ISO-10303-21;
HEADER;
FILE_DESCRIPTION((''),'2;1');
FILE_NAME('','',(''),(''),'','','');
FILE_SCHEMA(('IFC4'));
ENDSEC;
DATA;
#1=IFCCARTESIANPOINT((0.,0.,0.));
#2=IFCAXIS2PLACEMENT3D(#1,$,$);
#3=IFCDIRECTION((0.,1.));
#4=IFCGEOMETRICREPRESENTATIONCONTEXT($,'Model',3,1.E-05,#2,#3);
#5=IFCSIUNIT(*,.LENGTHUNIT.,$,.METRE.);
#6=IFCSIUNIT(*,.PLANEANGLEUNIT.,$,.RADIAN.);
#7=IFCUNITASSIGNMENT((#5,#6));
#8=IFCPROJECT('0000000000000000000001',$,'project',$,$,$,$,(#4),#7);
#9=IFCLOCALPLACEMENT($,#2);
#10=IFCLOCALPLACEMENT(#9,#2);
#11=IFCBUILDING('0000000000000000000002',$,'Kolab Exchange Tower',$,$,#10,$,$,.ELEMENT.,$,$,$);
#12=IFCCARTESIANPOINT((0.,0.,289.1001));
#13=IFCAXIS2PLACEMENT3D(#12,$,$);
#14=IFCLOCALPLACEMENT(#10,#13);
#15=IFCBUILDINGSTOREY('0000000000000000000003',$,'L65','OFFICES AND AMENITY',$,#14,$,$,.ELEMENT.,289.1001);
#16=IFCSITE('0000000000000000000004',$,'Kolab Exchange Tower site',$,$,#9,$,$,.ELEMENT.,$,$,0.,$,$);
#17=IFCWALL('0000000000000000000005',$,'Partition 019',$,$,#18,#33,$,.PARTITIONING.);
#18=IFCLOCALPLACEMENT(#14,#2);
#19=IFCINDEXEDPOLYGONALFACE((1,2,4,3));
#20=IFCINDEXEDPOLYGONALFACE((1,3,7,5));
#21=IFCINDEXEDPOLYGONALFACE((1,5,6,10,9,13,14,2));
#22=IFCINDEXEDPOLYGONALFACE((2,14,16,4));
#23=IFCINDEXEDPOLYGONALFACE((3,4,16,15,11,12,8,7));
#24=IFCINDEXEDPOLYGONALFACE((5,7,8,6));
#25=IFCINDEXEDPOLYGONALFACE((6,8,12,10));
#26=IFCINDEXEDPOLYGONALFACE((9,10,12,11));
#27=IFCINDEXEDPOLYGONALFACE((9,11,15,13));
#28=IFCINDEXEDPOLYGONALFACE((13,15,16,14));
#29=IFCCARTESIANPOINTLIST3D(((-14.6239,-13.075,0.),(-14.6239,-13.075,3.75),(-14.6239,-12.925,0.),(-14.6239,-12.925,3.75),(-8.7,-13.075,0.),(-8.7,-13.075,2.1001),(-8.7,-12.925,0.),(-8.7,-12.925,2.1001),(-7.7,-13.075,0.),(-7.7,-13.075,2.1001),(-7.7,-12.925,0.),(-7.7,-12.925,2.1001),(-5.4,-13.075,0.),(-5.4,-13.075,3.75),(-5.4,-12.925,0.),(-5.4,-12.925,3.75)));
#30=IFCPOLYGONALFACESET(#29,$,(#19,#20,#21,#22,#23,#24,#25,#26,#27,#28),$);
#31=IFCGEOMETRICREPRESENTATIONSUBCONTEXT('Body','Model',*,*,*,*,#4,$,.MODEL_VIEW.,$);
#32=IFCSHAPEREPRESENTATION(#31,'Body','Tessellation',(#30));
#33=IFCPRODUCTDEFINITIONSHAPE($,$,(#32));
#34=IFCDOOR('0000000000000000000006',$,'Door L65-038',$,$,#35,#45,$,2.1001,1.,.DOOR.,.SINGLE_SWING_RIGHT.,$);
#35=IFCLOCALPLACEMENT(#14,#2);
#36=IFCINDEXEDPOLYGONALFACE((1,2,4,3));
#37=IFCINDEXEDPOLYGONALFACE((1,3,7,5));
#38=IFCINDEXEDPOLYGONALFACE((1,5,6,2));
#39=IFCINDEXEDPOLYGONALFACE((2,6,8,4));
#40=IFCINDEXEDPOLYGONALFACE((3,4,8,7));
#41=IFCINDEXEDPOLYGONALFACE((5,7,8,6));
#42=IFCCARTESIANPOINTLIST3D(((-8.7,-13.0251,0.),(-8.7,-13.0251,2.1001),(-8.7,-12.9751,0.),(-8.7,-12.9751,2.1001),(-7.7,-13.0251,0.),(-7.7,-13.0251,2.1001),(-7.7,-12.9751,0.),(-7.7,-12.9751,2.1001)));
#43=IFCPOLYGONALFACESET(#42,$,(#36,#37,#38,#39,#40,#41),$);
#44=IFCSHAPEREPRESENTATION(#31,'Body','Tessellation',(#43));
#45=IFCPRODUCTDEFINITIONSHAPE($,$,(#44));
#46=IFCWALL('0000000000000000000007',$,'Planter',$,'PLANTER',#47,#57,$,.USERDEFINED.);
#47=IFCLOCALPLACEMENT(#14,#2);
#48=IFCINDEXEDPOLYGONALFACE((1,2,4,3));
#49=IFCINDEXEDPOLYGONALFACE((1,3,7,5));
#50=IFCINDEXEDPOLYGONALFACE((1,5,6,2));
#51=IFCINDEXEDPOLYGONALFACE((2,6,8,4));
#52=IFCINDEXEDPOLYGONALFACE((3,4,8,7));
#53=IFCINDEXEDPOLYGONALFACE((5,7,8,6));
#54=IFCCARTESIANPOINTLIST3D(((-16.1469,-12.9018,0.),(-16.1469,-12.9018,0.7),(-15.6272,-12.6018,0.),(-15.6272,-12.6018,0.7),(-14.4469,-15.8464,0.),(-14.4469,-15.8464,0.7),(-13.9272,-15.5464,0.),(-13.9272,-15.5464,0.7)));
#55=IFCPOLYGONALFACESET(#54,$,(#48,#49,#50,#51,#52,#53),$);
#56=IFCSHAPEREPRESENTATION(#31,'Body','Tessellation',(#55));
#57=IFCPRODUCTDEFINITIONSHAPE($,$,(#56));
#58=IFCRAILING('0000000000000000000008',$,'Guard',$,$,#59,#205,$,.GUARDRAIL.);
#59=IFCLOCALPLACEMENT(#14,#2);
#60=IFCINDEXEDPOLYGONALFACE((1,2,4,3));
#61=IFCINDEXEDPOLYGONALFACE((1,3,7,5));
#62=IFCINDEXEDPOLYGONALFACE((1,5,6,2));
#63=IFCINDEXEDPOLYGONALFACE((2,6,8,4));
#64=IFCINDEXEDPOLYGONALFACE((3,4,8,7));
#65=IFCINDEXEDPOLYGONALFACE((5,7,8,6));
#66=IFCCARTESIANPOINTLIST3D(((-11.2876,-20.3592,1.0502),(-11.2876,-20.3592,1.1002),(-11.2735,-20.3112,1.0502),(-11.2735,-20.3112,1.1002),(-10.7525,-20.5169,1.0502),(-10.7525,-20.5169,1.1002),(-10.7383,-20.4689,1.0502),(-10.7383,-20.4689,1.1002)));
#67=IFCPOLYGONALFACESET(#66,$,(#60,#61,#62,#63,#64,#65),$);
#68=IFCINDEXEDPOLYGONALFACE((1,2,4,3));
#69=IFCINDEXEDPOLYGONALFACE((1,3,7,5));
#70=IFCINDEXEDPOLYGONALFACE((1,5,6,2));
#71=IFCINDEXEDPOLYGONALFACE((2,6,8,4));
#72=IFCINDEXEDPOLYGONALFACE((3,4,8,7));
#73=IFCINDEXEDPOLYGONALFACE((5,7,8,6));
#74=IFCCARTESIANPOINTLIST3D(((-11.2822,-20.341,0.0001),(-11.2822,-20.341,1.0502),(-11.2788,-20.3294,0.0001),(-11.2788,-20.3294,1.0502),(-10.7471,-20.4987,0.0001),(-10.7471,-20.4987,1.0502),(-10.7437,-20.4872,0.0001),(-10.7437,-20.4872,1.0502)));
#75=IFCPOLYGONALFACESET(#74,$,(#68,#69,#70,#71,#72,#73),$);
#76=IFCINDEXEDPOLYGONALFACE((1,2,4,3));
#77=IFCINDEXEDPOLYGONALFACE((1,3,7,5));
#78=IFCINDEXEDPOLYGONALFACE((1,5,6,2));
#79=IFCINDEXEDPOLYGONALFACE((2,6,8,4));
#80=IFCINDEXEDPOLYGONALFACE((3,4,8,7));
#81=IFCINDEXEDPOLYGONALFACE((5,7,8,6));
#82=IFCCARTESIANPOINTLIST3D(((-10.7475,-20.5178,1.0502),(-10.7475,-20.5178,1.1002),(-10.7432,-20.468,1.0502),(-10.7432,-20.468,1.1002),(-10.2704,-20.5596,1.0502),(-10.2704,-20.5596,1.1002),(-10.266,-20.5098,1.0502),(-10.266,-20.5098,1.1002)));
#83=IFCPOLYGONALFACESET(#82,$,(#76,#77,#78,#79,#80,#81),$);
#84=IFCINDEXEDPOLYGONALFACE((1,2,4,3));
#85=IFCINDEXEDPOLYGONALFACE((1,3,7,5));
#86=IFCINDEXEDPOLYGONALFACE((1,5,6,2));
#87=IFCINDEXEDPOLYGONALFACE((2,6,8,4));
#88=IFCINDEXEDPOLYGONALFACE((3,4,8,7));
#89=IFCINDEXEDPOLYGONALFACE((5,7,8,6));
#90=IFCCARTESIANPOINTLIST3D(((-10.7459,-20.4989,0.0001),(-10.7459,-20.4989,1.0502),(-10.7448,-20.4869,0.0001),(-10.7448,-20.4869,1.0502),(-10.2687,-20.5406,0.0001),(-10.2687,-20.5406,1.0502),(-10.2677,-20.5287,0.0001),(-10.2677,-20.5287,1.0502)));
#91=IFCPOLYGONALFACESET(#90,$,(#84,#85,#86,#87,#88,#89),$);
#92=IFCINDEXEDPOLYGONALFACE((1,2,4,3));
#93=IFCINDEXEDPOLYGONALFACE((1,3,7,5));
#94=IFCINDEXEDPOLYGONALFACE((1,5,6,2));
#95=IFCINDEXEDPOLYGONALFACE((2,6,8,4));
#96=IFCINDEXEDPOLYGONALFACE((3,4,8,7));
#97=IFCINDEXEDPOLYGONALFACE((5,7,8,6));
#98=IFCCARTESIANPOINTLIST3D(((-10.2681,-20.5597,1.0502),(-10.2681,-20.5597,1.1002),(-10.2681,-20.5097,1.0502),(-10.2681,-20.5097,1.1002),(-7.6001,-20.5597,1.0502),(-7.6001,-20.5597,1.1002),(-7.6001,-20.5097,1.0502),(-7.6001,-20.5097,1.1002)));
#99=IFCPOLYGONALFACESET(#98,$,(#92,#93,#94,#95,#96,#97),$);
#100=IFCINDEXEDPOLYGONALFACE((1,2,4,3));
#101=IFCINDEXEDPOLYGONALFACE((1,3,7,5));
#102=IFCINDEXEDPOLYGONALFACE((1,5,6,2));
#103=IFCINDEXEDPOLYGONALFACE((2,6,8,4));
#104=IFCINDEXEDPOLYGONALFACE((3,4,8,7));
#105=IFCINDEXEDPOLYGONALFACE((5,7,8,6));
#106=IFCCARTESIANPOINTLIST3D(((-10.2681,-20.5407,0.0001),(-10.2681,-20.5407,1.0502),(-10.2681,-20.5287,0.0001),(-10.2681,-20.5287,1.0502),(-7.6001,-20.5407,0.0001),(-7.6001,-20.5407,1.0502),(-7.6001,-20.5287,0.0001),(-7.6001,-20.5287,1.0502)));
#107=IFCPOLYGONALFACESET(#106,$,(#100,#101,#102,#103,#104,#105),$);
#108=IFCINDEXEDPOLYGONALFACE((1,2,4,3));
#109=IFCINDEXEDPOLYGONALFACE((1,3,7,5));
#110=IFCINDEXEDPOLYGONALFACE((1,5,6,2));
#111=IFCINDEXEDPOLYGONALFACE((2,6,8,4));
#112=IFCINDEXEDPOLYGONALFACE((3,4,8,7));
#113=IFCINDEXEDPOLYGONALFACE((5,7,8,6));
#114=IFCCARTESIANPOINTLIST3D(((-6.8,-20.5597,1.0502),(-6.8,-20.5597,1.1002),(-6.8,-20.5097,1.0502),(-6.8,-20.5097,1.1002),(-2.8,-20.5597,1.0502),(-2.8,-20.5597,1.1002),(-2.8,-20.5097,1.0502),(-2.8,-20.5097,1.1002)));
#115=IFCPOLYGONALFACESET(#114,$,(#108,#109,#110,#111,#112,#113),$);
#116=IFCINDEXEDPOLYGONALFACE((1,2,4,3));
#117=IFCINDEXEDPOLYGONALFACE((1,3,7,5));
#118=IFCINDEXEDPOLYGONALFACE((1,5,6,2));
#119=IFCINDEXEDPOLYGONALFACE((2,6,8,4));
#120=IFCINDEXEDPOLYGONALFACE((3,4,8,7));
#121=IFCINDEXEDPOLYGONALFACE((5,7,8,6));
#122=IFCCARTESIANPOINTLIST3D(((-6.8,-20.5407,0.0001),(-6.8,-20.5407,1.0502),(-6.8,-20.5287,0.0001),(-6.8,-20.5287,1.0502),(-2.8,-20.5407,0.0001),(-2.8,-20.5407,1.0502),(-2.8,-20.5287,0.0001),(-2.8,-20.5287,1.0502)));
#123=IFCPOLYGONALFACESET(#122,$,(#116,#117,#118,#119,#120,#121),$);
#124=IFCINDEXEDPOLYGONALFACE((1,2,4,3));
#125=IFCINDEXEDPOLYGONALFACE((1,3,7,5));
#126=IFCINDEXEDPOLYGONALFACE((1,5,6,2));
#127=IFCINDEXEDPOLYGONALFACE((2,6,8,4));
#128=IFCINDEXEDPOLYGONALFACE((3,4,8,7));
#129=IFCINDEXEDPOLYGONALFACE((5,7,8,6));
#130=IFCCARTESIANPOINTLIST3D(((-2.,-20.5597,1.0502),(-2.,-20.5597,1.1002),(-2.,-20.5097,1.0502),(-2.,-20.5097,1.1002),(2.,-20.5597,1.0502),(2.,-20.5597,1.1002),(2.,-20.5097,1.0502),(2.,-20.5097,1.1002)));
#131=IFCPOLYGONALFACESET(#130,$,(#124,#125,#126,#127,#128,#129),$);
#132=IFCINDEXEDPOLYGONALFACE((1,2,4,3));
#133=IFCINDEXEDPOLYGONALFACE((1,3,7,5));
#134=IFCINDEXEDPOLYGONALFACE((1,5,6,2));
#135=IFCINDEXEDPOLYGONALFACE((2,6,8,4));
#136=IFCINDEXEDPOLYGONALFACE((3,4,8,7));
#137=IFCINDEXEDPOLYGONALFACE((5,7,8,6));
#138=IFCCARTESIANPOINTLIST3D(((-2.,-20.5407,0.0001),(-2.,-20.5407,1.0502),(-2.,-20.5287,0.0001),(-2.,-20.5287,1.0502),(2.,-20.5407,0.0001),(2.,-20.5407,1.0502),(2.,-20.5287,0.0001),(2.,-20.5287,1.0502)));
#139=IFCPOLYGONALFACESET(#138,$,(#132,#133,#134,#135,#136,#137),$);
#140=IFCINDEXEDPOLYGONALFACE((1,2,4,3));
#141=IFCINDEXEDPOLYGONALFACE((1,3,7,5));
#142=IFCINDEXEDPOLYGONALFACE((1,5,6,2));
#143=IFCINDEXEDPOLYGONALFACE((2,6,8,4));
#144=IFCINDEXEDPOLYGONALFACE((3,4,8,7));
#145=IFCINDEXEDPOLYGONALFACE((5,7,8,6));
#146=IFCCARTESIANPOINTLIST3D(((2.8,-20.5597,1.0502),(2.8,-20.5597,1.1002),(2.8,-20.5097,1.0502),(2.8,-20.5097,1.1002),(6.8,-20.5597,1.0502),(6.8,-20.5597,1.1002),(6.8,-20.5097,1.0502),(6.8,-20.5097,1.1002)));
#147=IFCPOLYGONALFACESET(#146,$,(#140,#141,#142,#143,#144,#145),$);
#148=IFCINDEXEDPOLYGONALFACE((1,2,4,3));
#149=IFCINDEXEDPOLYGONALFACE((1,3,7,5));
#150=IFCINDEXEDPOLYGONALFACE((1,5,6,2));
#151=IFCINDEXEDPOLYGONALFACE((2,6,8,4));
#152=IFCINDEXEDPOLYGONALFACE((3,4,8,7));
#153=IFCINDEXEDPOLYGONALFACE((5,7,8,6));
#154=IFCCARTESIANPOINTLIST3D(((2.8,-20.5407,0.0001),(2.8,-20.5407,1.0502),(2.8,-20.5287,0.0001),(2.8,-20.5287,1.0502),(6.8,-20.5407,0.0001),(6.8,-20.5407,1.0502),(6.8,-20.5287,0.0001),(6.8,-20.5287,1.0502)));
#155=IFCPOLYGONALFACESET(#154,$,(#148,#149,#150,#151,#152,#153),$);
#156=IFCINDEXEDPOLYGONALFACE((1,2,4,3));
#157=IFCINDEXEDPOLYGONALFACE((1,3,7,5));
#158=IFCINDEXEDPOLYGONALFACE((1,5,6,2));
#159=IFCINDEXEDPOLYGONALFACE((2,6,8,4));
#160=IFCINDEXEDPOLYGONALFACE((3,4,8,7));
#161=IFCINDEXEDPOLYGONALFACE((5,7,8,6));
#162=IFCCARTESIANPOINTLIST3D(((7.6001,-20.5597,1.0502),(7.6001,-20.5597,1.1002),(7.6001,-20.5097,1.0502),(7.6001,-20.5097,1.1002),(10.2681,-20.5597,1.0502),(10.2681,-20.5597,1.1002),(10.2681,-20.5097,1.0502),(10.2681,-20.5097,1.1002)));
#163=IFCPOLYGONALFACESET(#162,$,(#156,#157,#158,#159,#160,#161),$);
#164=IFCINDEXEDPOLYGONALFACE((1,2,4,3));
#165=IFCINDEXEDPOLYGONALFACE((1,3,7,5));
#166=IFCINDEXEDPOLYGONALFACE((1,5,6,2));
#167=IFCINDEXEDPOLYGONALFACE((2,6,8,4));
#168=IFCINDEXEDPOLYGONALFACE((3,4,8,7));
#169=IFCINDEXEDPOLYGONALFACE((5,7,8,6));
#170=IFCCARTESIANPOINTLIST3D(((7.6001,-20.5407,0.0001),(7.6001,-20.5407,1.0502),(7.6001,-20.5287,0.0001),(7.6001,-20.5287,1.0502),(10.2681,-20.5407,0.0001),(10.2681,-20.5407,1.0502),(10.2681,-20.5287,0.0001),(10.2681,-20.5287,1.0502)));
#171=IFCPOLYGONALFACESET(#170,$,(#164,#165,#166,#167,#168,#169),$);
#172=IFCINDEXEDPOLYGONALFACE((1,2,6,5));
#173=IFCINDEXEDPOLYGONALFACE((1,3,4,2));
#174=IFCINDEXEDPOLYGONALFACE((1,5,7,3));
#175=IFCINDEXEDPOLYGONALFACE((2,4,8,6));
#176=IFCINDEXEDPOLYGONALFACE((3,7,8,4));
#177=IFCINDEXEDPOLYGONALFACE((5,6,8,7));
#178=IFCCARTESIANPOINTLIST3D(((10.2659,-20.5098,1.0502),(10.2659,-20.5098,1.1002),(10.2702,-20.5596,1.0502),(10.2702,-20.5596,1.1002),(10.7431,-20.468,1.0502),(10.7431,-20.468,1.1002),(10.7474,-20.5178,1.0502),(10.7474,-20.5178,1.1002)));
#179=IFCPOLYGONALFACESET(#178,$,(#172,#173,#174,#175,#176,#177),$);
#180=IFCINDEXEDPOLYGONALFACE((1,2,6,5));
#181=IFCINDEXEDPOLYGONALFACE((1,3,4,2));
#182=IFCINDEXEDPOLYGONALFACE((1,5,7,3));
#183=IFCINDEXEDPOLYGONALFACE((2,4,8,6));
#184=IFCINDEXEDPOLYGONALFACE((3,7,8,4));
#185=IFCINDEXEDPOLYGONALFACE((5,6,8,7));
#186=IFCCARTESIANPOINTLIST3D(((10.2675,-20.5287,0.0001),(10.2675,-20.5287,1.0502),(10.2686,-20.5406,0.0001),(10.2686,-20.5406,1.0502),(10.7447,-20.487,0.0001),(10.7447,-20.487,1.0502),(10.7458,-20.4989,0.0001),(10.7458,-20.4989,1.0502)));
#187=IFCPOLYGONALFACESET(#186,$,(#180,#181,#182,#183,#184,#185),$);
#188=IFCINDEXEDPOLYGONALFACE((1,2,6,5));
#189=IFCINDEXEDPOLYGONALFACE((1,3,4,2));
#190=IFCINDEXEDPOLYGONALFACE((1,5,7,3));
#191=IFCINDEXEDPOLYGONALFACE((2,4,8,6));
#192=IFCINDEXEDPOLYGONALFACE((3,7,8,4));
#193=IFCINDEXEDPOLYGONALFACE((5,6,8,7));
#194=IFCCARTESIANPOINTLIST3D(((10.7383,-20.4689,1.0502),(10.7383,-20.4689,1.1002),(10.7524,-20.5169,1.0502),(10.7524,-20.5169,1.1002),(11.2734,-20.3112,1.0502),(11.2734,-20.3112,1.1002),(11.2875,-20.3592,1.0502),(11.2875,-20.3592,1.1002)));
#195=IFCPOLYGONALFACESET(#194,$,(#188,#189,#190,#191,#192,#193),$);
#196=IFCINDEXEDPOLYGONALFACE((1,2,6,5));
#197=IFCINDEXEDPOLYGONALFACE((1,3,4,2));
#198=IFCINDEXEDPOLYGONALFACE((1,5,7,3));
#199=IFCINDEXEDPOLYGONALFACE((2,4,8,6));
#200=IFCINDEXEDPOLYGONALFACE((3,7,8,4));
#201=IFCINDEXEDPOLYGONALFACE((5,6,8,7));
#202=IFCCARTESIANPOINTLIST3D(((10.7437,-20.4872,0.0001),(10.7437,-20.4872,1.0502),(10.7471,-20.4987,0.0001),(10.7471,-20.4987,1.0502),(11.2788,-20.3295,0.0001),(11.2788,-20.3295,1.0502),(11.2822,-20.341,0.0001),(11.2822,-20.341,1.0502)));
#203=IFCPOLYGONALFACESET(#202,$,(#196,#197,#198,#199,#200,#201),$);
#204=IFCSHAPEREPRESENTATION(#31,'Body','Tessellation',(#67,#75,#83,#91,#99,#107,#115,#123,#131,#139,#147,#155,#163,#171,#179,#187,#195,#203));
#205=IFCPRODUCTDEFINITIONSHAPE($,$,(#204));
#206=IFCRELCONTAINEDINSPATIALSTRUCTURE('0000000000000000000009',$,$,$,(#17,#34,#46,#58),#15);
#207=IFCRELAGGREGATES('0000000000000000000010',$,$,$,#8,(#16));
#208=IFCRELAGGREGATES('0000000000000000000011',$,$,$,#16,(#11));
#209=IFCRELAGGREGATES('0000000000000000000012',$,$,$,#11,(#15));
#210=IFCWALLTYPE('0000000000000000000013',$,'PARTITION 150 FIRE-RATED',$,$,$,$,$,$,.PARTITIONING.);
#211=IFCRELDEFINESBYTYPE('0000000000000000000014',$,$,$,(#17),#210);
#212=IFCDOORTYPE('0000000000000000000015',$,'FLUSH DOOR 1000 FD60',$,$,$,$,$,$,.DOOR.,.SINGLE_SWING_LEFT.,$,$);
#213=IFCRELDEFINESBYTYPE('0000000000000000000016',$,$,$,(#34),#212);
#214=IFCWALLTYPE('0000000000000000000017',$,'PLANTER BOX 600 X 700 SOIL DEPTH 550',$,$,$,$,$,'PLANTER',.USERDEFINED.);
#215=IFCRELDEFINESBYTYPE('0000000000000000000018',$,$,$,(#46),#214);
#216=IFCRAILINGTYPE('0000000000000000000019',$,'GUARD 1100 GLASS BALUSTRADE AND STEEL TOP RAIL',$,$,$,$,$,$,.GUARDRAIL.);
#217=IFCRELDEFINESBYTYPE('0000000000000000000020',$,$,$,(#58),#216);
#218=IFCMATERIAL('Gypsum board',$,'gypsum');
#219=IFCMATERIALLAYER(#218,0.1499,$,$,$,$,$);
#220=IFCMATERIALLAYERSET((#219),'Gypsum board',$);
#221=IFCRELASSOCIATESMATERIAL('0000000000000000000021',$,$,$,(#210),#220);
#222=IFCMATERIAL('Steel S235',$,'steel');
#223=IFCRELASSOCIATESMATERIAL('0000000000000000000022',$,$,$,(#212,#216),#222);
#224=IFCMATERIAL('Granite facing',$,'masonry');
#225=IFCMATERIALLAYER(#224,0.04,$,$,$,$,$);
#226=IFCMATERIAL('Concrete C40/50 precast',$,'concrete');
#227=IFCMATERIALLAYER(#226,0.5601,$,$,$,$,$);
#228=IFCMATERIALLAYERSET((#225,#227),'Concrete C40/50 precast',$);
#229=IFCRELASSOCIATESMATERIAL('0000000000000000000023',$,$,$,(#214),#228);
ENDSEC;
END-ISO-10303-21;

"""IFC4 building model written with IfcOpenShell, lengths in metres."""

from ifc_helpers import new_model, si_unit, direction, frame, frame_2d, origin, origin_2d, place, context, subcontext, project, spatial, rectangle, extrude, material, layer, layer_set, type_object, element, fill, save


model = new_model("IFC4")

# Units and contexts
model_context = context("Model", 3, precision=1e-05, world=origin(), true_north=direction((0.0, 1.0)))
body_context = subcontext(model_context, "Body", "Model", "MODEL_VIEW")
ifc_project = project(units=[si_unit("LENGTHUNIT", "METRE"), si_unit("PLANEANGLEUNIT", "RADIAN")], contexts=[model_context])

# Site, building, storey
site_placement = place(None, origin())
site = spatial("IfcSite", under=ifc_project, at=site_placement, Name="Kolab Exchange Tower site", CompositionType="ELEMENT", RefElevation=0.0)
building_placement = place(site_placement, origin())
building = spatial("IfcBuilding", under=site, at=building_placement, Name="Kolab Exchange Tower", CompositionType="ELEMENT")
storey_placement = place(building_placement, frame((0.0, 0.0, 289.1001)))
storey = spatial("IfcBuildingStorey", under=building, at=storey_placement, Name="L65", Description="OFFICES AND AMENITY", CompositionType="ELEMENT", Elevation=289.1001)

# Shared definitions
ifc_material_1 = material(Name="Gypsum board", Category="gypsum")

# Shared definitions
ifc_layer_1 = layer(ifc_material_1, 0.1499)
ifc_layer_set_1 = layer_set([ifc_layer_1], Name="Gypsum board")
wall_type_1 = type_object("IfcWallType", Name="PARTITION 150 FIRE-RATED", PredefinedType="PARTITIONING", material=ifc_layer_set_1)
ifc_material_2 = material(Name="Steel S235", Category="steel")
door_type = type_object("IfcDoorType", Name="FLUSH DOOR 1000 FD60", OperationType="SINGLE_SWING_LEFT", PredefinedType="DOOR", material=ifc_material_2)

# Wall, opening, door
wall_1_placement = place(storey_placement, frame((-14.6238, -13.0, 0.0), z_axis=(0.0, 0.0, 1.0), x_axis=(1.0, 0.0, 0.0)))
wall_1 = element("IfcWall", 1, at=wall_1_placement, inside=storey, type_object=wall_type_1, Name="Partition 019", PredefinedType="PARTITIONING", context=body_context, shape_type="SweptSolid", body=[
    extrude(rectangle(XDim=9.2239, YDim=0.1499, at=frame_2d((4.6118, 0.0))), origin(), (0.0, 0.0, 1.0), 3.75),
])
opening_1_placement = place(wall_1_placement, frame((5.9238, 0.0, 0.0)))
opening_1 = element("IfcOpeningElement", 2, at=opening_1_placement, cuts=wall_1, PredefinedType="OPENING", context=body_context, shape_type="SweptSolid", body=[
    extrude(rectangle(XDim=1.0, YDim=2.1001, at=frame_2d((0.5, 1.05))), frame((0.0, 0.085, 0.0), z_axis=(0.0, -1.0, 0.0), x_axis=(1.0, 0.0, 0.0)), (0.0, 0.0, 1.0), 0.1699),
])
door_1_placement = place(opening_1_placement, origin())
door_1 = element("IfcDoor", 3, at=door_1_placement, inside=storey, type_object=door_type, Name="Door L65-038", OperationType="SINGLE_SWING_RIGHT", OverallHeight=2.1001, OverallWidth=1.0, PredefinedType="DOOR", context=body_context, shape_type="SweptSolid", body=[
    extrude(rectangle(XDim=1.0, YDim=2.1001, at=frame_2d((0.5, 1.05))), frame((0.0, 0.0249, 0.0), z_axis=(0.0, -1.0, 0.0), x_axis=(1.0, 0.0, 0.0)), (0.0, 0.0, 1.0), 0.05),
])
fill(opening_1, door_1)

# Wall
ifc_material_3 = material(Name="Granite facing", Category="masonry")
ifc_layer_2 = layer(ifc_material_3, 0.04)
ifc_material_4 = material(Name="Concrete C40/50 precast", Category="concrete")
ifc_layer_3 = layer(ifc_material_4, 0.5601)
ifc_layer_set_2 = layer_set([ifc_layer_2, ifc_layer_3], Name="Concrete C40/50 precast")
wall_type_2 = type_object("IfcWallType", Name="PLANTER BOX 600 X 700 SOIL DEPTH 550", ElementType="PLANTER", PredefinedType="USERDEFINED", material=ifc_layer_set_2)
wall_2_placement = place(storey_placement, frame((-14.187, -15.6965, 0.0), z_axis=(0.0, 0.0, 1.0), x_axis=(-0.499977, 0.866039, 0.0)))
element("IfcWall", 4, at=wall_2_placement, inside=storey, type_object=wall_type_2, Name="Planter", ObjectType="PLANTER", PredefinedType="USERDEFINED", context=body_context, shape_type="SweptSolid", body=[
    extrude(rectangle(XDim=3.4001, YDim=0.6001, at=frame_2d((1.7002, 0.0))), origin(), (0.0, 0.0, 1.0), 0.7),
])

# Railing
railing_type = type_object("IfcRailingType", Name="GUARD 1100 GLASS BALUSTRADE AND STEEL TOP RAIL", PredefinedType="GUARDRAIL", material=ifc_material_2)
railing_placement = place(storey_placement, frame((-11.2805, -20.3352, 0.0)))
element("IfcRailing", 5, at=railing_placement, inside=storey, type_object=railing_type, Name="Guard", PredefinedType="GUARDRAIL", context=body_context, shape_type="SweptSolid", body=[
    extrude(rectangle(XDim=0.05, YDim=0.05, at=origin_2d()), frame((0.0, 0.0, 1.0752), z_axis=(0.959212, -0.282687, 0.0), x_axis=(0.282687, 0.959212, 0.0)), (0.0, 0.0, 1.0), 0.5579),
    extrude(rectangle(XDim=0.012, YDim=1.0501, at=frame_2d((0.0, 0.5251))), frame((0.0, 0.0, 0.0), z_axis=(0.959212, -0.282687, 0.0), x_axis=(0.282687, 0.959212, 0.0)), (0.0, 0.0, 1.0), 0.5579),
    extrude(rectangle(XDim=0.05, YDim=0.05, at=origin_2d()), frame((0.5352, -0.1577, 1.0752), z_axis=(0.996196, -0.087135, 0.0), x_axis=(0.087135, 0.996196, 0.0)), (0.0, 0.0, 1.0), 0.479),
    extrude(rectangle(XDim=0.012, YDim=1.0501, at=frame_2d((0.0, 0.5251))), frame((0.5352, -0.1577, 0.0), z_axis=(0.996196, -0.087135, 0.0), x_axis=(0.087135, 0.996196, 0.0)), (0.0, 0.0, 1.0), 0.479),
    extrude(rectangle(XDim=0.05, YDim=0.05, at=origin_2d()), frame((1.0125, -0.1995, 1.0752), z_axis=(1.0, 0.0, 0.0), x_axis=(0.0, 1.0, 0.0)), (0.0, 0.0, 1.0), 2.668),
    extrude(rectangle(XDim=0.012, YDim=1.0501, at=frame_2d((0.0, 0.5251))), frame((1.0125, -0.1995, 0.0), z_axis=(1.0, 0.0, 0.0), x_axis=(0.0, 1.0, 0.0)), (0.0, 0.0, 1.0), 2.668),
    extrude(rectangle(XDim=0.05, YDim=0.05, at=origin_2d()), frame((4.4805, -0.1995, 1.0752), z_axis=(1.0, 0.0, 0.0), x_axis=(0.0, 1.0, 0.0)), (0.0, 0.0, 1.0), 4.0),
    extrude(rectangle(XDim=0.012, YDim=1.0501, at=frame_2d((0.0, 0.5251))), frame((4.4805, -0.1995, 0.0), z_axis=(1.0, 0.0, 0.0), x_axis=(0.0, 1.0, 0.0)), (0.0, 0.0, 1.0), 4.0),
    extrude(rectangle(XDim=0.05, YDim=0.05, at=origin_2d()), frame((9.2805, -0.1995, 1.0752), z_axis=(1.0, 0.0, 0.0), x_axis=(0.0, 1.0, 0.0)), (0.0, 0.0, 1.0), 4.0),
    extrude(rectangle(XDim=0.012, YDim=1.0501, at=frame_2d((0.0, 0.5251))), frame((9.2805, -0.1995, 0.0), z_axis=(1.0, 0.0, 0.0), x_axis=(0.0, 1.0, 0.0)), (0.0, 0.0, 1.0), 4.0),
    extrude(rectangle(XDim=0.05, YDim=0.05, at=origin_2d()), frame((14.0806, -0.1995, 1.0752), z_axis=(1.0, 0.0, 0.0), x_axis=(0.0, 1.0, 0.0)), (0.0, 0.0, 1.0), 4.0),
    extrude(rectangle(XDim=0.012, YDim=1.0501, at=frame_2d((0.0, 0.5251))), frame((14.0806, -0.1995, 0.0), z_axis=(1.0, 0.0, 0.0), x_axis=(0.0, 1.0, 0.0)), (0.0, 0.0, 1.0), 4.0),
    extrude(rectangle(XDim=0.05, YDim=0.05, at=origin_2d()), frame((18.8806, -0.1995, 1.0752), z_axis=(1.0, 0.0, 0.0), x_axis=(0.0, 1.0, 0.0)), (0.0, 0.0, 1.0), 2.668),
    extrude(rectangle(XDim=0.012, YDim=1.0501, at=frame_2d((0.0, 0.5251))), frame((18.8806, -0.1995, 0.0), z_axis=(1.0, 0.0, 0.0), x_axis=(0.0, 1.0, 0.0)), (0.0, 0.0, 1.0), 2.668),
    extrude(rectangle(XDim=0.05, YDim=0.05, at=origin_2d()), frame((21.5486, -0.1995, 1.0752), z_axis=(0.996196, 0.087135, 0.0), x_axis=(-0.087135, 0.996196, 0.0)), (0.0, 0.0, 1.0), 0.479),
    extrude(rectangle(XDim=0.012, YDim=1.0501, at=frame_2d((0.0, 0.5251))), frame((21.5486, -0.1995, 0.0), z_axis=(0.996196, 0.087135, 0.0), x_axis=(-0.087135, 0.996196, 0.0)), (0.0, 0.0, 1.0), 0.479),
    extrude(rectangle(XDim=0.05, YDim=0.05, at=origin_2d()), frame((22.0259, -0.1577, 1.0752), z_axis=(0.959212, 0.282687, 0.0), x_axis=(-0.282687, 0.959212, 0.0)), (0.0, 0.0, 1.0), 0.5579),
    extrude(rectangle(XDim=0.012, YDim=1.0501, at=frame_2d((0.0, 0.5251))), frame((22.0259, -0.1577, 0.0), z_axis=(0.959212, 0.282687, 0.0), x_axis=(-0.282687, 0.959212, 0.0)), (0.0, 0.0, 1.0), 0.5579),
])

save(model, "model.ifc")
